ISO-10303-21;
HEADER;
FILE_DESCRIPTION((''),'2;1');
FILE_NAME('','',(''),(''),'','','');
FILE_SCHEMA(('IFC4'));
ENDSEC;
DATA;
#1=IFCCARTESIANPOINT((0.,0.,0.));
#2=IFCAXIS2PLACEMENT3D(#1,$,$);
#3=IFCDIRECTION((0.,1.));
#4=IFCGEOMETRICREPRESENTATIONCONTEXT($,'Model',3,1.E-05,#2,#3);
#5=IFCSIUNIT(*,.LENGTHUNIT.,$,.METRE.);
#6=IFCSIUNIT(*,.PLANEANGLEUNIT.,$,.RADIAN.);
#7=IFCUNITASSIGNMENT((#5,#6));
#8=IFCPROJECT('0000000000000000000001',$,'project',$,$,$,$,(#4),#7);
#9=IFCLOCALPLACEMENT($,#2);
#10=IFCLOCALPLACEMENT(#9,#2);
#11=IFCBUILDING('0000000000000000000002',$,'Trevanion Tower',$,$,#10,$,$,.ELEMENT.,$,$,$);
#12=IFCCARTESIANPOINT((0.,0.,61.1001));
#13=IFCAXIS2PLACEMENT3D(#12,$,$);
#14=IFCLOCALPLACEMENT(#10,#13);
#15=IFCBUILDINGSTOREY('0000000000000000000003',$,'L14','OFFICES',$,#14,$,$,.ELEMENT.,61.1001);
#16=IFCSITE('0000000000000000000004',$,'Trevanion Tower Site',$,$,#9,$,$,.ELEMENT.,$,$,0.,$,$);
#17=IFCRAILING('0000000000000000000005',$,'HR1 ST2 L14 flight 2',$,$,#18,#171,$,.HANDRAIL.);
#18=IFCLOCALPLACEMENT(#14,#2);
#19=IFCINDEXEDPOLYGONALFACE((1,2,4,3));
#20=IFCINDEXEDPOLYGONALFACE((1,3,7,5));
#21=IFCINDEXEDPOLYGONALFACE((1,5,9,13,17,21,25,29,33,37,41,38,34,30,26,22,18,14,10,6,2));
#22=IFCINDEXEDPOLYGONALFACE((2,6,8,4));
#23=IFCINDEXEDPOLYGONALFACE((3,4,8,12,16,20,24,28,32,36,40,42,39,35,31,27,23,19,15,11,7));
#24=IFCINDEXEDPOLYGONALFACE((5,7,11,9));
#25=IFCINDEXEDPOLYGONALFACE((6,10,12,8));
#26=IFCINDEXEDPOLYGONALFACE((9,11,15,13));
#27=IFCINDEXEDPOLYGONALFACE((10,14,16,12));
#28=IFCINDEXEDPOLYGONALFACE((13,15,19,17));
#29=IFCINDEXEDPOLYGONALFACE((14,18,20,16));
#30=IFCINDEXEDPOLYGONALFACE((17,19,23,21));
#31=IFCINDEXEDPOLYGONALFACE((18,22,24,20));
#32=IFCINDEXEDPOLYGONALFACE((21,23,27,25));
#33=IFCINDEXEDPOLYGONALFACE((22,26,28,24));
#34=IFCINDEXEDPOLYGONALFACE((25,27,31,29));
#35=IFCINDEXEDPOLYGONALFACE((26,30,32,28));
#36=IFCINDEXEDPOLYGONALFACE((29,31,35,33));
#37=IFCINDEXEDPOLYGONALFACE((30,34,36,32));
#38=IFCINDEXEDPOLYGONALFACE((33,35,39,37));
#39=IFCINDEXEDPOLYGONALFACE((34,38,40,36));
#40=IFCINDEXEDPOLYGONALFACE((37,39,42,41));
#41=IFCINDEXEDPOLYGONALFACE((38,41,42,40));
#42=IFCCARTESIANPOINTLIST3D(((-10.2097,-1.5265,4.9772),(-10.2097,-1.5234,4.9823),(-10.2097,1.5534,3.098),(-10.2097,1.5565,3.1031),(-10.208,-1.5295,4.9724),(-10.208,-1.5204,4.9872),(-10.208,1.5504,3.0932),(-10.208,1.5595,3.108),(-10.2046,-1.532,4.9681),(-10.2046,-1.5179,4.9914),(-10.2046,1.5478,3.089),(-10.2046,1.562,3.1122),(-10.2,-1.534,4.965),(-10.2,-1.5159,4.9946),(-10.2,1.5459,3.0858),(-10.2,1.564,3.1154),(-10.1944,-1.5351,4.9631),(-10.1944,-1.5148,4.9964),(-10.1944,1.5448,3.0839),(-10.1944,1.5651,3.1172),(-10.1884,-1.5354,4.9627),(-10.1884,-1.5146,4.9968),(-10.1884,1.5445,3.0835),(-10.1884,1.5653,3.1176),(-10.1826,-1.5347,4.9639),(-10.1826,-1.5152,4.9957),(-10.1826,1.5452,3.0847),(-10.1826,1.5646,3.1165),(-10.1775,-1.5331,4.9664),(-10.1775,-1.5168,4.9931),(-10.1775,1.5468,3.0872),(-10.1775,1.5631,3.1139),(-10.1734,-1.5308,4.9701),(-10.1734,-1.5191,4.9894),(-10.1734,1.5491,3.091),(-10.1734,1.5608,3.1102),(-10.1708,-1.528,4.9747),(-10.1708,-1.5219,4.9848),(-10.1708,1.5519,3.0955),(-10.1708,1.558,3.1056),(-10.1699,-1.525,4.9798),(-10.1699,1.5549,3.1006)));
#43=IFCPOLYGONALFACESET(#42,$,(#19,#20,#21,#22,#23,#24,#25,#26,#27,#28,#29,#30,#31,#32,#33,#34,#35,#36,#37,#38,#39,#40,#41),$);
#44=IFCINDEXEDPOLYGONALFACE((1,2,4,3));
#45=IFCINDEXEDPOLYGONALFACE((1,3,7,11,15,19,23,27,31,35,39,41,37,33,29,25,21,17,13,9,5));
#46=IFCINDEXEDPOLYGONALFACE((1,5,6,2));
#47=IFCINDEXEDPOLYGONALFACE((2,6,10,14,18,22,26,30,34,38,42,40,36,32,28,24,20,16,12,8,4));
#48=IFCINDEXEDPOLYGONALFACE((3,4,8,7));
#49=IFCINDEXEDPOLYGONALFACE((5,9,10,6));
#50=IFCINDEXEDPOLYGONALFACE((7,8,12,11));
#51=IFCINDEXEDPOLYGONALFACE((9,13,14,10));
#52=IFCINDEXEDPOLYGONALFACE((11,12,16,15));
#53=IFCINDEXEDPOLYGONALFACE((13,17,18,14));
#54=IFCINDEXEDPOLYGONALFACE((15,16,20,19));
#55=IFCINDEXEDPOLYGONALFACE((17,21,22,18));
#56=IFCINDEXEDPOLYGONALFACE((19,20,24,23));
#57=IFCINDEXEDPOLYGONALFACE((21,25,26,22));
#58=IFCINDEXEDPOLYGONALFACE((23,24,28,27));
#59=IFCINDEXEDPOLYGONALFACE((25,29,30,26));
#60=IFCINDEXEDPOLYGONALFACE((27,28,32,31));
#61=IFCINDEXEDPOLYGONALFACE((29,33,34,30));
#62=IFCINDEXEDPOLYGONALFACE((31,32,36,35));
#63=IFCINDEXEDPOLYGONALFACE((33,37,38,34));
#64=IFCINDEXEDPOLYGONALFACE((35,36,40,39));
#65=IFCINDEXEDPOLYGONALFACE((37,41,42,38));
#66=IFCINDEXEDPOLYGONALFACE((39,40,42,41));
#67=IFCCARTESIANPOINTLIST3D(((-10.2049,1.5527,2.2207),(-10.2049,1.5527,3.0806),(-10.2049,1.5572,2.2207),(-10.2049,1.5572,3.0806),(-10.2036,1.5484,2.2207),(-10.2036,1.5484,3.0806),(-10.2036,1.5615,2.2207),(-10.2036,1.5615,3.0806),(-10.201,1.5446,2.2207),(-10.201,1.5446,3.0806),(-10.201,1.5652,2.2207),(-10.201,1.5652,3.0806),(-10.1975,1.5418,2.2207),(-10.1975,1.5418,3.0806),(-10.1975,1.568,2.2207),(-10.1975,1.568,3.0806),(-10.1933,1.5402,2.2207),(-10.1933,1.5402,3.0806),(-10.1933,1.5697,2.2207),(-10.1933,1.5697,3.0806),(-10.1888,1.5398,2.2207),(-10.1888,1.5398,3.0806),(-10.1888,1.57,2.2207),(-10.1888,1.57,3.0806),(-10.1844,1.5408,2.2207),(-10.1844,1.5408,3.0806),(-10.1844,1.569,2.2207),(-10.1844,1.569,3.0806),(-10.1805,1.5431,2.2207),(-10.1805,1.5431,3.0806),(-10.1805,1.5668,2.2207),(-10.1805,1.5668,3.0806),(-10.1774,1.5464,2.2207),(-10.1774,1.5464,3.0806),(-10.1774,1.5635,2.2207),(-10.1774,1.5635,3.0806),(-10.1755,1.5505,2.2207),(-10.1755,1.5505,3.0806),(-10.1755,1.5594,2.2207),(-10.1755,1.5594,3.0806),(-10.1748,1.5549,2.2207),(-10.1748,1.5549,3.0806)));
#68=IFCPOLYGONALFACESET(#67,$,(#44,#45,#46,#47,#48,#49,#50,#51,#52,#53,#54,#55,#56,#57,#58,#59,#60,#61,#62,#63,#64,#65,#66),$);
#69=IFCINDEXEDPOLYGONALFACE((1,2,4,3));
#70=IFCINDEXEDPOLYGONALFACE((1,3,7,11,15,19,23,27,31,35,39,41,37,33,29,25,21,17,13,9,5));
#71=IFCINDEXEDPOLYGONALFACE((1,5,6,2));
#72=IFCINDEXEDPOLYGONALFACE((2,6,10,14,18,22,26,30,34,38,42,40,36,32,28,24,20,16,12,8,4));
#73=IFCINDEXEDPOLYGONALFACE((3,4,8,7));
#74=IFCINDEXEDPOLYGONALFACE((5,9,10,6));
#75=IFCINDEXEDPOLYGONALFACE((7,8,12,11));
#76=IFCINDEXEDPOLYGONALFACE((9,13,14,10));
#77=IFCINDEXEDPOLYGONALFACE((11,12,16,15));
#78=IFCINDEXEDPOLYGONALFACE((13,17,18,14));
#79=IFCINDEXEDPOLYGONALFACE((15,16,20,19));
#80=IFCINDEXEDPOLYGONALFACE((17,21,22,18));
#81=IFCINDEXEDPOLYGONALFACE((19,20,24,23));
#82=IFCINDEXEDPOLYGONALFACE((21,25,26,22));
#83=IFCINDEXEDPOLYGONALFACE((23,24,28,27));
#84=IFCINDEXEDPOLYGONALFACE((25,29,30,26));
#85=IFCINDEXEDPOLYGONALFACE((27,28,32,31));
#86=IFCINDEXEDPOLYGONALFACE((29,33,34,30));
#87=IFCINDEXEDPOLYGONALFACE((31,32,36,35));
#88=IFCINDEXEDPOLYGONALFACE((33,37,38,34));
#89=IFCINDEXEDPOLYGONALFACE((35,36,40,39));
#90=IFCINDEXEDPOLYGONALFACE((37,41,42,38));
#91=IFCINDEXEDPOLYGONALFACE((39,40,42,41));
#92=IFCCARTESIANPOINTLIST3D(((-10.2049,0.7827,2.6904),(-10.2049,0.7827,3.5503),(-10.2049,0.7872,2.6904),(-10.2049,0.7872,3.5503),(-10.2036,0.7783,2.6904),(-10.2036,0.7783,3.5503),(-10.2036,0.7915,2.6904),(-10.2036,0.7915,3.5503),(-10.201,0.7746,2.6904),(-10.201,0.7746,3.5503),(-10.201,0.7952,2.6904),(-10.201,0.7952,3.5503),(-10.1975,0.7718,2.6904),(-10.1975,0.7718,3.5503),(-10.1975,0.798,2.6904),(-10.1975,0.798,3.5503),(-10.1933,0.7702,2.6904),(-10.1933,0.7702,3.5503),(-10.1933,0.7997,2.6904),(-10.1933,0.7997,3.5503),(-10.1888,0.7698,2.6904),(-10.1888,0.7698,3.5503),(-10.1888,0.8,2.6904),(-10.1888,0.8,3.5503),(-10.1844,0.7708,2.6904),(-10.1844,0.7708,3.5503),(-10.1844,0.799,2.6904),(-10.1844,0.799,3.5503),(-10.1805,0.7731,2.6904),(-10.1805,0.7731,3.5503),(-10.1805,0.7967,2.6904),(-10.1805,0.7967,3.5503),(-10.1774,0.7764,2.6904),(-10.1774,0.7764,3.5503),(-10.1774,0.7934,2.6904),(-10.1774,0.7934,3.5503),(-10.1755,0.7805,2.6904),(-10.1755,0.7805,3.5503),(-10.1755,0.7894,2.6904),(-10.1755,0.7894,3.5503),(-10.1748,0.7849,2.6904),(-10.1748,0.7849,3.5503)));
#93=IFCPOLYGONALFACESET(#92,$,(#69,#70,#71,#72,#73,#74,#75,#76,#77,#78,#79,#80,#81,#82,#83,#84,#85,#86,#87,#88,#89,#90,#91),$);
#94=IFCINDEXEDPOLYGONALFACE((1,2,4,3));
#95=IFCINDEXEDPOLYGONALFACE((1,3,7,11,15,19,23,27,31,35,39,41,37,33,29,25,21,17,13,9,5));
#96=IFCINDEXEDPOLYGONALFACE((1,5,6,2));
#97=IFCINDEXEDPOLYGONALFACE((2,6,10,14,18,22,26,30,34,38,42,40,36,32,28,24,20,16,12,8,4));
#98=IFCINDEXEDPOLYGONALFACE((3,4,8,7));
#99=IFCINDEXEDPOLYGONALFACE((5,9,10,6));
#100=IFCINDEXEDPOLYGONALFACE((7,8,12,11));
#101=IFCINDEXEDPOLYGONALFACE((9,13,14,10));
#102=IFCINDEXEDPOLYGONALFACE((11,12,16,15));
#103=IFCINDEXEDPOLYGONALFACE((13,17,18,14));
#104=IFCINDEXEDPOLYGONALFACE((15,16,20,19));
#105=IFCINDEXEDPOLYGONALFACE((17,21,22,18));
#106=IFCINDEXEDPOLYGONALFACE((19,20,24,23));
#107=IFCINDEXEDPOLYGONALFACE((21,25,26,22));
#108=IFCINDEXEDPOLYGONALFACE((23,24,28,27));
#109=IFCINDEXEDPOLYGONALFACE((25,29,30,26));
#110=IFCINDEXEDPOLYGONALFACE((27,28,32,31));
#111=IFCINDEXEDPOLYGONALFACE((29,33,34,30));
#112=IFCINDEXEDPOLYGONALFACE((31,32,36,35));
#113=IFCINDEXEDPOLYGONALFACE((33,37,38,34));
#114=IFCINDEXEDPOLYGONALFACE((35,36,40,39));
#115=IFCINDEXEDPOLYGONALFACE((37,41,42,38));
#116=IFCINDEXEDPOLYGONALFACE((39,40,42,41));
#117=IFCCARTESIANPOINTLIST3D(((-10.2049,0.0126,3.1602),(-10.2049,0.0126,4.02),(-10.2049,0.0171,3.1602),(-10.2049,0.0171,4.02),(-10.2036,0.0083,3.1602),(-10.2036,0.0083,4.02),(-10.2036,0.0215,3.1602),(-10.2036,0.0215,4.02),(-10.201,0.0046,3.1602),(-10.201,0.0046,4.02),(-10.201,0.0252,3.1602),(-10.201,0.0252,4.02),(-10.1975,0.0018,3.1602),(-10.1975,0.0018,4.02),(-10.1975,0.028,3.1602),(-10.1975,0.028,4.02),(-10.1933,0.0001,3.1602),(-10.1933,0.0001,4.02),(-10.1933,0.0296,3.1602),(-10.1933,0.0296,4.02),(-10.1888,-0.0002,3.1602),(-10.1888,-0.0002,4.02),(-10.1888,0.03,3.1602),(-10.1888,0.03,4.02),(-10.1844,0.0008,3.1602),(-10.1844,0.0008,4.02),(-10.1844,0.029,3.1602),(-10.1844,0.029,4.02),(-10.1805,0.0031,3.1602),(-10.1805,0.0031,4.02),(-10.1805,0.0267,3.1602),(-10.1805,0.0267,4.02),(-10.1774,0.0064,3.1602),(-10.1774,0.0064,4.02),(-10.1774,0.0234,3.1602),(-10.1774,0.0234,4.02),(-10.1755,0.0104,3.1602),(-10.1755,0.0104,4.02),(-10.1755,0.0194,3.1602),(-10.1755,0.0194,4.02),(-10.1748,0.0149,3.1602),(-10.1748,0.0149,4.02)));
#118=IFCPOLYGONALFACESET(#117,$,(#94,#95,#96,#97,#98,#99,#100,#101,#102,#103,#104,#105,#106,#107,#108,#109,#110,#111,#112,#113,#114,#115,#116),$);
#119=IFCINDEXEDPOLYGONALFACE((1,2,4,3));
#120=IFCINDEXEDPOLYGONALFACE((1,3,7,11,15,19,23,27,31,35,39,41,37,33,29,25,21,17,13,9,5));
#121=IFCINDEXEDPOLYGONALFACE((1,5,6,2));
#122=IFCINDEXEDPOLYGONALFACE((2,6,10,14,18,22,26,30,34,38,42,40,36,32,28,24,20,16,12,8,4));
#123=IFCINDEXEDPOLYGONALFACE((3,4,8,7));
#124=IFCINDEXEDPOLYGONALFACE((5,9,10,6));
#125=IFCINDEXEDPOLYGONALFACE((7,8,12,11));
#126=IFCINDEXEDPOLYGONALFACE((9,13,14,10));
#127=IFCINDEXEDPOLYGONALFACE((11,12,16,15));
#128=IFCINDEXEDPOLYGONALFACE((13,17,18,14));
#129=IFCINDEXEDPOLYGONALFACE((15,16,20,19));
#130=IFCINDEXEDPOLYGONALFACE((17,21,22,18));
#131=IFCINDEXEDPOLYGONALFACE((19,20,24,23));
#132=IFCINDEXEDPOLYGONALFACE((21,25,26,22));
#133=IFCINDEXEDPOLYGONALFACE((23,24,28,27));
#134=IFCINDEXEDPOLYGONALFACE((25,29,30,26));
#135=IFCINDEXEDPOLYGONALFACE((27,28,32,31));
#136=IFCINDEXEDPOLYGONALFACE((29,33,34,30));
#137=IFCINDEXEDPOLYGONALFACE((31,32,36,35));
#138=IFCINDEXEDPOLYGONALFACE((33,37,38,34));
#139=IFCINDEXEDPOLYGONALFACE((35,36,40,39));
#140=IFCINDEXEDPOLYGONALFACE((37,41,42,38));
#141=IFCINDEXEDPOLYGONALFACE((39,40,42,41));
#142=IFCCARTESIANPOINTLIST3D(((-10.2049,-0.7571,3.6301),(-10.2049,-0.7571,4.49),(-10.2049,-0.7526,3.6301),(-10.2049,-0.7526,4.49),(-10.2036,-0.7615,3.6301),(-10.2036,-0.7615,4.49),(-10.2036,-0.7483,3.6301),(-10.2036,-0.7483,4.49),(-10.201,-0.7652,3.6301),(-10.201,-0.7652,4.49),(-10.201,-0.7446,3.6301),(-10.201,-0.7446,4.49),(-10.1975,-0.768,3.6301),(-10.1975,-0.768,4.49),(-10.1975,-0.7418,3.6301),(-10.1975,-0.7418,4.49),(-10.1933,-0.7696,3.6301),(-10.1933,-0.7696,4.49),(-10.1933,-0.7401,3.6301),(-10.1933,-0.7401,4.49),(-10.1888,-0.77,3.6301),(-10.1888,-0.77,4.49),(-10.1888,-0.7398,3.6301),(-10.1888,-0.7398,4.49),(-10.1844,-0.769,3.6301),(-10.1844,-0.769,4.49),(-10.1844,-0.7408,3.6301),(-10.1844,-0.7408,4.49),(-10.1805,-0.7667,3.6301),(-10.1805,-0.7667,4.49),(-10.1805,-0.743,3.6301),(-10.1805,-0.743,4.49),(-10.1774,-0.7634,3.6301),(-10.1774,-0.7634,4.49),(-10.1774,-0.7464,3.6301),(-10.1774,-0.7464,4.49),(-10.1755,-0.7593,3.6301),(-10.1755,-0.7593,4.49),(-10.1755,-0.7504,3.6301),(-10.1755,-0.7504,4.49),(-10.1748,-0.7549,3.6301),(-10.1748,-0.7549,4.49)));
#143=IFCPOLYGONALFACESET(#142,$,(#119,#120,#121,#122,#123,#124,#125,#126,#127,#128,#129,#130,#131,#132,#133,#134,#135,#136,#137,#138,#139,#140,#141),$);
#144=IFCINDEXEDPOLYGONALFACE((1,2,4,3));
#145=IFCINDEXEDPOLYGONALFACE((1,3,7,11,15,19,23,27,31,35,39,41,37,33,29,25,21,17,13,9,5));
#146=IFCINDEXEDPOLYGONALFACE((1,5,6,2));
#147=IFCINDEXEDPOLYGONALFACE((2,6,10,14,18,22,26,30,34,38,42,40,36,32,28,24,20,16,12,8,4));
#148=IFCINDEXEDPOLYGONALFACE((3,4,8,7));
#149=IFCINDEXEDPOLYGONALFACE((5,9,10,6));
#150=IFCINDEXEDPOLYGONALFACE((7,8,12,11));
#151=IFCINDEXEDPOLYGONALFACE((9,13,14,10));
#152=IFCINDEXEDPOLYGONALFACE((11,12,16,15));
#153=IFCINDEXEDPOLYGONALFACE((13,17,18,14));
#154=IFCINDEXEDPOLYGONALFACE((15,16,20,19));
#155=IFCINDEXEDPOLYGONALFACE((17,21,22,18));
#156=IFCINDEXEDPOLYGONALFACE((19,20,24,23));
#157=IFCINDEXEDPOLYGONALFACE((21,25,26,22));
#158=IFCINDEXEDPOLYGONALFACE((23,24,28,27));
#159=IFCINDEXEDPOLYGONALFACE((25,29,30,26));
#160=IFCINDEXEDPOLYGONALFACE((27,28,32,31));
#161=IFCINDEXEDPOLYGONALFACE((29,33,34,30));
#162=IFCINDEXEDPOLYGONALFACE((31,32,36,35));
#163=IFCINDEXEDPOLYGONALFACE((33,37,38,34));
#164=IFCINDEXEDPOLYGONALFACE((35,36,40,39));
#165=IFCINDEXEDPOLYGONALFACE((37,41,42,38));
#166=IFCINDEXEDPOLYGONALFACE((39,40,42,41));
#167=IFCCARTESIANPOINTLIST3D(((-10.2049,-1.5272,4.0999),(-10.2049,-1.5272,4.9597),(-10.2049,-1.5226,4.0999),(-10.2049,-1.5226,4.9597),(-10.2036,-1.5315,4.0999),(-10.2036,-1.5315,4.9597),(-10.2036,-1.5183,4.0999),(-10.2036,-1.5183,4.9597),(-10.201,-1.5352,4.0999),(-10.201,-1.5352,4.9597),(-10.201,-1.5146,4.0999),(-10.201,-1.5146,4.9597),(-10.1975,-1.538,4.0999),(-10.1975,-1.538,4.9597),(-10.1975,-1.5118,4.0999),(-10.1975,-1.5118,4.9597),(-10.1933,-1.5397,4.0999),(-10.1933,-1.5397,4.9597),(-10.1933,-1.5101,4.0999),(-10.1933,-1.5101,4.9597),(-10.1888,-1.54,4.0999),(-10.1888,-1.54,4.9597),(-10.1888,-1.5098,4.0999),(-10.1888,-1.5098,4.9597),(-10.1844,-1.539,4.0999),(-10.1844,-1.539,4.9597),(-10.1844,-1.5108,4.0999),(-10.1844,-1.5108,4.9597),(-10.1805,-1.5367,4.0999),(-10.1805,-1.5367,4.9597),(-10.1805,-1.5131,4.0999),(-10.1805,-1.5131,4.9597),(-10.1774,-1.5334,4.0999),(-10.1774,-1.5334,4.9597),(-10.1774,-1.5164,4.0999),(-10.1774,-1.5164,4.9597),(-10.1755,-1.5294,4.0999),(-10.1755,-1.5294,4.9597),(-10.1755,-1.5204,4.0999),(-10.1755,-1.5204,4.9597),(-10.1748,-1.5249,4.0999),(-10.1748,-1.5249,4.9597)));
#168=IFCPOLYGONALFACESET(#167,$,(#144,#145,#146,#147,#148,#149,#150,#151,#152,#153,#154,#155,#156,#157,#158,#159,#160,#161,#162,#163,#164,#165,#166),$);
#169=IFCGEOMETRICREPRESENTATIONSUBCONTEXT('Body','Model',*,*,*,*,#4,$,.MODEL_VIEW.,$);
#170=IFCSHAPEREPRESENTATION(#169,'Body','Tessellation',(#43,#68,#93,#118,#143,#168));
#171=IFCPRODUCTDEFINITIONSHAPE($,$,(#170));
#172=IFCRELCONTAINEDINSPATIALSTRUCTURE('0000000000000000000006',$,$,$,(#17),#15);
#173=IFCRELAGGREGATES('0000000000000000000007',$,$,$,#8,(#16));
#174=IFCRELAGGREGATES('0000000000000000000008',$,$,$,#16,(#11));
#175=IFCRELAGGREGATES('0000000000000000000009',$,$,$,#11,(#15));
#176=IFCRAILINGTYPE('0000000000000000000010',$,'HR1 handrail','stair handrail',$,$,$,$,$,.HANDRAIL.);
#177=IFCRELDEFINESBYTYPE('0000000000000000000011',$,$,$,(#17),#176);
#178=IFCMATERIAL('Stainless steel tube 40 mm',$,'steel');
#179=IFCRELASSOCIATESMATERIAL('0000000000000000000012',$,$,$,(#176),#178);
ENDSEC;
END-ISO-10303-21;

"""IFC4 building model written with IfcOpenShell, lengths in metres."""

from ifc_helpers import new_model, si_unit, direction, frame, origin, origin_2d, place, context, subcontext, project, spatial, circle, extrude, material, type_object, element, save


model = new_model("IFC4")

# Units and contexts
model_context = context("Model", 3, precision=1e-05, world=origin(), true_north=direction((0.0, 1.0)))
body_context = subcontext(model_context, "Body", "Model", "MODEL_VIEW")
ifc_project = project(units=[si_unit("LENGTHUNIT", "METRE"), si_unit("PLANEANGLEUNIT", "RADIAN")], contexts=[model_context])

# Site, building, storey
site_placement = place(None, origin())
site = spatial("IfcSite", under=ifc_project, at=site_placement, Name="Trevanion Tower Site", CompositionType="ELEMENT", RefElevation=0.0)
building_placement = place(site_placement, origin())
building = spatial("IfcBuilding", under=site, at=building_placement, Name="Trevanion Tower", CompositionType="ELEMENT")
storey_placement = place(building_placement, frame((0.0, 0.0, 61.1001)))
storey = spatial("IfcBuildingStorey", under=building, at=storey_placement, Name="L14", Description="OFFICES", CompositionType="ELEMENT", Elevation=61.1001)

# Railing
ifc_material_1 = material(Name="Stainless steel tube 40 mm", Category="steel")
railing_type = type_object("IfcRailingType", Name="HR1 handrail", Description="stair handrail", PredefinedType="HANDRAIL", material=ifc_material_1)
for number, where, name in (
    (1, (-10.1899, 1.5549, 2.2207), "HR1 ST2 L14 flight 2"),
):
    element("IfcRailing", number, at=place(storey_placement, frame(where)), inside=storey, type_object=railing_type, Name=name, PredefinedType="HANDRAIL", context=body_context, shape_type="SweptSolid", body=[
        extrude(circle(Radius=0.02, at=origin_2d()), frame((0.0, 0.0, 0.8799), z_axis=(0.0, -0.853648, 0.52085), x_axis=(1.0, 0.0, 0.0)), (0.0, 0.0, 1.0), 3.6079),
        extrude(circle(Radius=0.0151, at=origin_2d()), origin(), (0.0, 0.0, 1.0), 0.8599),
        extrude(circle(Radius=0.0151, at=origin_2d()), frame((0.0, -0.77, 0.4697)), (0.0, 0.0, 1.0), 0.8599),
        extrude(circle(Radius=0.0151, at=origin_2d()), frame((0.0, -1.54, 0.9395)), (0.0, 0.0, 1.0), 0.8599),
        extrude(circle(Radius=0.0151, at=origin_2d()), frame((0.0, -2.3098, 1.4094)), (0.0, 0.0, 1.0), 0.8599),
        extrude(circle(Radius=0.0151, at=origin_2d()), frame((0.0, -3.0798, 1.8792)), (0.0, 0.0, 1.0), 0.8599),
    ])

save(model, "model.ifc")
